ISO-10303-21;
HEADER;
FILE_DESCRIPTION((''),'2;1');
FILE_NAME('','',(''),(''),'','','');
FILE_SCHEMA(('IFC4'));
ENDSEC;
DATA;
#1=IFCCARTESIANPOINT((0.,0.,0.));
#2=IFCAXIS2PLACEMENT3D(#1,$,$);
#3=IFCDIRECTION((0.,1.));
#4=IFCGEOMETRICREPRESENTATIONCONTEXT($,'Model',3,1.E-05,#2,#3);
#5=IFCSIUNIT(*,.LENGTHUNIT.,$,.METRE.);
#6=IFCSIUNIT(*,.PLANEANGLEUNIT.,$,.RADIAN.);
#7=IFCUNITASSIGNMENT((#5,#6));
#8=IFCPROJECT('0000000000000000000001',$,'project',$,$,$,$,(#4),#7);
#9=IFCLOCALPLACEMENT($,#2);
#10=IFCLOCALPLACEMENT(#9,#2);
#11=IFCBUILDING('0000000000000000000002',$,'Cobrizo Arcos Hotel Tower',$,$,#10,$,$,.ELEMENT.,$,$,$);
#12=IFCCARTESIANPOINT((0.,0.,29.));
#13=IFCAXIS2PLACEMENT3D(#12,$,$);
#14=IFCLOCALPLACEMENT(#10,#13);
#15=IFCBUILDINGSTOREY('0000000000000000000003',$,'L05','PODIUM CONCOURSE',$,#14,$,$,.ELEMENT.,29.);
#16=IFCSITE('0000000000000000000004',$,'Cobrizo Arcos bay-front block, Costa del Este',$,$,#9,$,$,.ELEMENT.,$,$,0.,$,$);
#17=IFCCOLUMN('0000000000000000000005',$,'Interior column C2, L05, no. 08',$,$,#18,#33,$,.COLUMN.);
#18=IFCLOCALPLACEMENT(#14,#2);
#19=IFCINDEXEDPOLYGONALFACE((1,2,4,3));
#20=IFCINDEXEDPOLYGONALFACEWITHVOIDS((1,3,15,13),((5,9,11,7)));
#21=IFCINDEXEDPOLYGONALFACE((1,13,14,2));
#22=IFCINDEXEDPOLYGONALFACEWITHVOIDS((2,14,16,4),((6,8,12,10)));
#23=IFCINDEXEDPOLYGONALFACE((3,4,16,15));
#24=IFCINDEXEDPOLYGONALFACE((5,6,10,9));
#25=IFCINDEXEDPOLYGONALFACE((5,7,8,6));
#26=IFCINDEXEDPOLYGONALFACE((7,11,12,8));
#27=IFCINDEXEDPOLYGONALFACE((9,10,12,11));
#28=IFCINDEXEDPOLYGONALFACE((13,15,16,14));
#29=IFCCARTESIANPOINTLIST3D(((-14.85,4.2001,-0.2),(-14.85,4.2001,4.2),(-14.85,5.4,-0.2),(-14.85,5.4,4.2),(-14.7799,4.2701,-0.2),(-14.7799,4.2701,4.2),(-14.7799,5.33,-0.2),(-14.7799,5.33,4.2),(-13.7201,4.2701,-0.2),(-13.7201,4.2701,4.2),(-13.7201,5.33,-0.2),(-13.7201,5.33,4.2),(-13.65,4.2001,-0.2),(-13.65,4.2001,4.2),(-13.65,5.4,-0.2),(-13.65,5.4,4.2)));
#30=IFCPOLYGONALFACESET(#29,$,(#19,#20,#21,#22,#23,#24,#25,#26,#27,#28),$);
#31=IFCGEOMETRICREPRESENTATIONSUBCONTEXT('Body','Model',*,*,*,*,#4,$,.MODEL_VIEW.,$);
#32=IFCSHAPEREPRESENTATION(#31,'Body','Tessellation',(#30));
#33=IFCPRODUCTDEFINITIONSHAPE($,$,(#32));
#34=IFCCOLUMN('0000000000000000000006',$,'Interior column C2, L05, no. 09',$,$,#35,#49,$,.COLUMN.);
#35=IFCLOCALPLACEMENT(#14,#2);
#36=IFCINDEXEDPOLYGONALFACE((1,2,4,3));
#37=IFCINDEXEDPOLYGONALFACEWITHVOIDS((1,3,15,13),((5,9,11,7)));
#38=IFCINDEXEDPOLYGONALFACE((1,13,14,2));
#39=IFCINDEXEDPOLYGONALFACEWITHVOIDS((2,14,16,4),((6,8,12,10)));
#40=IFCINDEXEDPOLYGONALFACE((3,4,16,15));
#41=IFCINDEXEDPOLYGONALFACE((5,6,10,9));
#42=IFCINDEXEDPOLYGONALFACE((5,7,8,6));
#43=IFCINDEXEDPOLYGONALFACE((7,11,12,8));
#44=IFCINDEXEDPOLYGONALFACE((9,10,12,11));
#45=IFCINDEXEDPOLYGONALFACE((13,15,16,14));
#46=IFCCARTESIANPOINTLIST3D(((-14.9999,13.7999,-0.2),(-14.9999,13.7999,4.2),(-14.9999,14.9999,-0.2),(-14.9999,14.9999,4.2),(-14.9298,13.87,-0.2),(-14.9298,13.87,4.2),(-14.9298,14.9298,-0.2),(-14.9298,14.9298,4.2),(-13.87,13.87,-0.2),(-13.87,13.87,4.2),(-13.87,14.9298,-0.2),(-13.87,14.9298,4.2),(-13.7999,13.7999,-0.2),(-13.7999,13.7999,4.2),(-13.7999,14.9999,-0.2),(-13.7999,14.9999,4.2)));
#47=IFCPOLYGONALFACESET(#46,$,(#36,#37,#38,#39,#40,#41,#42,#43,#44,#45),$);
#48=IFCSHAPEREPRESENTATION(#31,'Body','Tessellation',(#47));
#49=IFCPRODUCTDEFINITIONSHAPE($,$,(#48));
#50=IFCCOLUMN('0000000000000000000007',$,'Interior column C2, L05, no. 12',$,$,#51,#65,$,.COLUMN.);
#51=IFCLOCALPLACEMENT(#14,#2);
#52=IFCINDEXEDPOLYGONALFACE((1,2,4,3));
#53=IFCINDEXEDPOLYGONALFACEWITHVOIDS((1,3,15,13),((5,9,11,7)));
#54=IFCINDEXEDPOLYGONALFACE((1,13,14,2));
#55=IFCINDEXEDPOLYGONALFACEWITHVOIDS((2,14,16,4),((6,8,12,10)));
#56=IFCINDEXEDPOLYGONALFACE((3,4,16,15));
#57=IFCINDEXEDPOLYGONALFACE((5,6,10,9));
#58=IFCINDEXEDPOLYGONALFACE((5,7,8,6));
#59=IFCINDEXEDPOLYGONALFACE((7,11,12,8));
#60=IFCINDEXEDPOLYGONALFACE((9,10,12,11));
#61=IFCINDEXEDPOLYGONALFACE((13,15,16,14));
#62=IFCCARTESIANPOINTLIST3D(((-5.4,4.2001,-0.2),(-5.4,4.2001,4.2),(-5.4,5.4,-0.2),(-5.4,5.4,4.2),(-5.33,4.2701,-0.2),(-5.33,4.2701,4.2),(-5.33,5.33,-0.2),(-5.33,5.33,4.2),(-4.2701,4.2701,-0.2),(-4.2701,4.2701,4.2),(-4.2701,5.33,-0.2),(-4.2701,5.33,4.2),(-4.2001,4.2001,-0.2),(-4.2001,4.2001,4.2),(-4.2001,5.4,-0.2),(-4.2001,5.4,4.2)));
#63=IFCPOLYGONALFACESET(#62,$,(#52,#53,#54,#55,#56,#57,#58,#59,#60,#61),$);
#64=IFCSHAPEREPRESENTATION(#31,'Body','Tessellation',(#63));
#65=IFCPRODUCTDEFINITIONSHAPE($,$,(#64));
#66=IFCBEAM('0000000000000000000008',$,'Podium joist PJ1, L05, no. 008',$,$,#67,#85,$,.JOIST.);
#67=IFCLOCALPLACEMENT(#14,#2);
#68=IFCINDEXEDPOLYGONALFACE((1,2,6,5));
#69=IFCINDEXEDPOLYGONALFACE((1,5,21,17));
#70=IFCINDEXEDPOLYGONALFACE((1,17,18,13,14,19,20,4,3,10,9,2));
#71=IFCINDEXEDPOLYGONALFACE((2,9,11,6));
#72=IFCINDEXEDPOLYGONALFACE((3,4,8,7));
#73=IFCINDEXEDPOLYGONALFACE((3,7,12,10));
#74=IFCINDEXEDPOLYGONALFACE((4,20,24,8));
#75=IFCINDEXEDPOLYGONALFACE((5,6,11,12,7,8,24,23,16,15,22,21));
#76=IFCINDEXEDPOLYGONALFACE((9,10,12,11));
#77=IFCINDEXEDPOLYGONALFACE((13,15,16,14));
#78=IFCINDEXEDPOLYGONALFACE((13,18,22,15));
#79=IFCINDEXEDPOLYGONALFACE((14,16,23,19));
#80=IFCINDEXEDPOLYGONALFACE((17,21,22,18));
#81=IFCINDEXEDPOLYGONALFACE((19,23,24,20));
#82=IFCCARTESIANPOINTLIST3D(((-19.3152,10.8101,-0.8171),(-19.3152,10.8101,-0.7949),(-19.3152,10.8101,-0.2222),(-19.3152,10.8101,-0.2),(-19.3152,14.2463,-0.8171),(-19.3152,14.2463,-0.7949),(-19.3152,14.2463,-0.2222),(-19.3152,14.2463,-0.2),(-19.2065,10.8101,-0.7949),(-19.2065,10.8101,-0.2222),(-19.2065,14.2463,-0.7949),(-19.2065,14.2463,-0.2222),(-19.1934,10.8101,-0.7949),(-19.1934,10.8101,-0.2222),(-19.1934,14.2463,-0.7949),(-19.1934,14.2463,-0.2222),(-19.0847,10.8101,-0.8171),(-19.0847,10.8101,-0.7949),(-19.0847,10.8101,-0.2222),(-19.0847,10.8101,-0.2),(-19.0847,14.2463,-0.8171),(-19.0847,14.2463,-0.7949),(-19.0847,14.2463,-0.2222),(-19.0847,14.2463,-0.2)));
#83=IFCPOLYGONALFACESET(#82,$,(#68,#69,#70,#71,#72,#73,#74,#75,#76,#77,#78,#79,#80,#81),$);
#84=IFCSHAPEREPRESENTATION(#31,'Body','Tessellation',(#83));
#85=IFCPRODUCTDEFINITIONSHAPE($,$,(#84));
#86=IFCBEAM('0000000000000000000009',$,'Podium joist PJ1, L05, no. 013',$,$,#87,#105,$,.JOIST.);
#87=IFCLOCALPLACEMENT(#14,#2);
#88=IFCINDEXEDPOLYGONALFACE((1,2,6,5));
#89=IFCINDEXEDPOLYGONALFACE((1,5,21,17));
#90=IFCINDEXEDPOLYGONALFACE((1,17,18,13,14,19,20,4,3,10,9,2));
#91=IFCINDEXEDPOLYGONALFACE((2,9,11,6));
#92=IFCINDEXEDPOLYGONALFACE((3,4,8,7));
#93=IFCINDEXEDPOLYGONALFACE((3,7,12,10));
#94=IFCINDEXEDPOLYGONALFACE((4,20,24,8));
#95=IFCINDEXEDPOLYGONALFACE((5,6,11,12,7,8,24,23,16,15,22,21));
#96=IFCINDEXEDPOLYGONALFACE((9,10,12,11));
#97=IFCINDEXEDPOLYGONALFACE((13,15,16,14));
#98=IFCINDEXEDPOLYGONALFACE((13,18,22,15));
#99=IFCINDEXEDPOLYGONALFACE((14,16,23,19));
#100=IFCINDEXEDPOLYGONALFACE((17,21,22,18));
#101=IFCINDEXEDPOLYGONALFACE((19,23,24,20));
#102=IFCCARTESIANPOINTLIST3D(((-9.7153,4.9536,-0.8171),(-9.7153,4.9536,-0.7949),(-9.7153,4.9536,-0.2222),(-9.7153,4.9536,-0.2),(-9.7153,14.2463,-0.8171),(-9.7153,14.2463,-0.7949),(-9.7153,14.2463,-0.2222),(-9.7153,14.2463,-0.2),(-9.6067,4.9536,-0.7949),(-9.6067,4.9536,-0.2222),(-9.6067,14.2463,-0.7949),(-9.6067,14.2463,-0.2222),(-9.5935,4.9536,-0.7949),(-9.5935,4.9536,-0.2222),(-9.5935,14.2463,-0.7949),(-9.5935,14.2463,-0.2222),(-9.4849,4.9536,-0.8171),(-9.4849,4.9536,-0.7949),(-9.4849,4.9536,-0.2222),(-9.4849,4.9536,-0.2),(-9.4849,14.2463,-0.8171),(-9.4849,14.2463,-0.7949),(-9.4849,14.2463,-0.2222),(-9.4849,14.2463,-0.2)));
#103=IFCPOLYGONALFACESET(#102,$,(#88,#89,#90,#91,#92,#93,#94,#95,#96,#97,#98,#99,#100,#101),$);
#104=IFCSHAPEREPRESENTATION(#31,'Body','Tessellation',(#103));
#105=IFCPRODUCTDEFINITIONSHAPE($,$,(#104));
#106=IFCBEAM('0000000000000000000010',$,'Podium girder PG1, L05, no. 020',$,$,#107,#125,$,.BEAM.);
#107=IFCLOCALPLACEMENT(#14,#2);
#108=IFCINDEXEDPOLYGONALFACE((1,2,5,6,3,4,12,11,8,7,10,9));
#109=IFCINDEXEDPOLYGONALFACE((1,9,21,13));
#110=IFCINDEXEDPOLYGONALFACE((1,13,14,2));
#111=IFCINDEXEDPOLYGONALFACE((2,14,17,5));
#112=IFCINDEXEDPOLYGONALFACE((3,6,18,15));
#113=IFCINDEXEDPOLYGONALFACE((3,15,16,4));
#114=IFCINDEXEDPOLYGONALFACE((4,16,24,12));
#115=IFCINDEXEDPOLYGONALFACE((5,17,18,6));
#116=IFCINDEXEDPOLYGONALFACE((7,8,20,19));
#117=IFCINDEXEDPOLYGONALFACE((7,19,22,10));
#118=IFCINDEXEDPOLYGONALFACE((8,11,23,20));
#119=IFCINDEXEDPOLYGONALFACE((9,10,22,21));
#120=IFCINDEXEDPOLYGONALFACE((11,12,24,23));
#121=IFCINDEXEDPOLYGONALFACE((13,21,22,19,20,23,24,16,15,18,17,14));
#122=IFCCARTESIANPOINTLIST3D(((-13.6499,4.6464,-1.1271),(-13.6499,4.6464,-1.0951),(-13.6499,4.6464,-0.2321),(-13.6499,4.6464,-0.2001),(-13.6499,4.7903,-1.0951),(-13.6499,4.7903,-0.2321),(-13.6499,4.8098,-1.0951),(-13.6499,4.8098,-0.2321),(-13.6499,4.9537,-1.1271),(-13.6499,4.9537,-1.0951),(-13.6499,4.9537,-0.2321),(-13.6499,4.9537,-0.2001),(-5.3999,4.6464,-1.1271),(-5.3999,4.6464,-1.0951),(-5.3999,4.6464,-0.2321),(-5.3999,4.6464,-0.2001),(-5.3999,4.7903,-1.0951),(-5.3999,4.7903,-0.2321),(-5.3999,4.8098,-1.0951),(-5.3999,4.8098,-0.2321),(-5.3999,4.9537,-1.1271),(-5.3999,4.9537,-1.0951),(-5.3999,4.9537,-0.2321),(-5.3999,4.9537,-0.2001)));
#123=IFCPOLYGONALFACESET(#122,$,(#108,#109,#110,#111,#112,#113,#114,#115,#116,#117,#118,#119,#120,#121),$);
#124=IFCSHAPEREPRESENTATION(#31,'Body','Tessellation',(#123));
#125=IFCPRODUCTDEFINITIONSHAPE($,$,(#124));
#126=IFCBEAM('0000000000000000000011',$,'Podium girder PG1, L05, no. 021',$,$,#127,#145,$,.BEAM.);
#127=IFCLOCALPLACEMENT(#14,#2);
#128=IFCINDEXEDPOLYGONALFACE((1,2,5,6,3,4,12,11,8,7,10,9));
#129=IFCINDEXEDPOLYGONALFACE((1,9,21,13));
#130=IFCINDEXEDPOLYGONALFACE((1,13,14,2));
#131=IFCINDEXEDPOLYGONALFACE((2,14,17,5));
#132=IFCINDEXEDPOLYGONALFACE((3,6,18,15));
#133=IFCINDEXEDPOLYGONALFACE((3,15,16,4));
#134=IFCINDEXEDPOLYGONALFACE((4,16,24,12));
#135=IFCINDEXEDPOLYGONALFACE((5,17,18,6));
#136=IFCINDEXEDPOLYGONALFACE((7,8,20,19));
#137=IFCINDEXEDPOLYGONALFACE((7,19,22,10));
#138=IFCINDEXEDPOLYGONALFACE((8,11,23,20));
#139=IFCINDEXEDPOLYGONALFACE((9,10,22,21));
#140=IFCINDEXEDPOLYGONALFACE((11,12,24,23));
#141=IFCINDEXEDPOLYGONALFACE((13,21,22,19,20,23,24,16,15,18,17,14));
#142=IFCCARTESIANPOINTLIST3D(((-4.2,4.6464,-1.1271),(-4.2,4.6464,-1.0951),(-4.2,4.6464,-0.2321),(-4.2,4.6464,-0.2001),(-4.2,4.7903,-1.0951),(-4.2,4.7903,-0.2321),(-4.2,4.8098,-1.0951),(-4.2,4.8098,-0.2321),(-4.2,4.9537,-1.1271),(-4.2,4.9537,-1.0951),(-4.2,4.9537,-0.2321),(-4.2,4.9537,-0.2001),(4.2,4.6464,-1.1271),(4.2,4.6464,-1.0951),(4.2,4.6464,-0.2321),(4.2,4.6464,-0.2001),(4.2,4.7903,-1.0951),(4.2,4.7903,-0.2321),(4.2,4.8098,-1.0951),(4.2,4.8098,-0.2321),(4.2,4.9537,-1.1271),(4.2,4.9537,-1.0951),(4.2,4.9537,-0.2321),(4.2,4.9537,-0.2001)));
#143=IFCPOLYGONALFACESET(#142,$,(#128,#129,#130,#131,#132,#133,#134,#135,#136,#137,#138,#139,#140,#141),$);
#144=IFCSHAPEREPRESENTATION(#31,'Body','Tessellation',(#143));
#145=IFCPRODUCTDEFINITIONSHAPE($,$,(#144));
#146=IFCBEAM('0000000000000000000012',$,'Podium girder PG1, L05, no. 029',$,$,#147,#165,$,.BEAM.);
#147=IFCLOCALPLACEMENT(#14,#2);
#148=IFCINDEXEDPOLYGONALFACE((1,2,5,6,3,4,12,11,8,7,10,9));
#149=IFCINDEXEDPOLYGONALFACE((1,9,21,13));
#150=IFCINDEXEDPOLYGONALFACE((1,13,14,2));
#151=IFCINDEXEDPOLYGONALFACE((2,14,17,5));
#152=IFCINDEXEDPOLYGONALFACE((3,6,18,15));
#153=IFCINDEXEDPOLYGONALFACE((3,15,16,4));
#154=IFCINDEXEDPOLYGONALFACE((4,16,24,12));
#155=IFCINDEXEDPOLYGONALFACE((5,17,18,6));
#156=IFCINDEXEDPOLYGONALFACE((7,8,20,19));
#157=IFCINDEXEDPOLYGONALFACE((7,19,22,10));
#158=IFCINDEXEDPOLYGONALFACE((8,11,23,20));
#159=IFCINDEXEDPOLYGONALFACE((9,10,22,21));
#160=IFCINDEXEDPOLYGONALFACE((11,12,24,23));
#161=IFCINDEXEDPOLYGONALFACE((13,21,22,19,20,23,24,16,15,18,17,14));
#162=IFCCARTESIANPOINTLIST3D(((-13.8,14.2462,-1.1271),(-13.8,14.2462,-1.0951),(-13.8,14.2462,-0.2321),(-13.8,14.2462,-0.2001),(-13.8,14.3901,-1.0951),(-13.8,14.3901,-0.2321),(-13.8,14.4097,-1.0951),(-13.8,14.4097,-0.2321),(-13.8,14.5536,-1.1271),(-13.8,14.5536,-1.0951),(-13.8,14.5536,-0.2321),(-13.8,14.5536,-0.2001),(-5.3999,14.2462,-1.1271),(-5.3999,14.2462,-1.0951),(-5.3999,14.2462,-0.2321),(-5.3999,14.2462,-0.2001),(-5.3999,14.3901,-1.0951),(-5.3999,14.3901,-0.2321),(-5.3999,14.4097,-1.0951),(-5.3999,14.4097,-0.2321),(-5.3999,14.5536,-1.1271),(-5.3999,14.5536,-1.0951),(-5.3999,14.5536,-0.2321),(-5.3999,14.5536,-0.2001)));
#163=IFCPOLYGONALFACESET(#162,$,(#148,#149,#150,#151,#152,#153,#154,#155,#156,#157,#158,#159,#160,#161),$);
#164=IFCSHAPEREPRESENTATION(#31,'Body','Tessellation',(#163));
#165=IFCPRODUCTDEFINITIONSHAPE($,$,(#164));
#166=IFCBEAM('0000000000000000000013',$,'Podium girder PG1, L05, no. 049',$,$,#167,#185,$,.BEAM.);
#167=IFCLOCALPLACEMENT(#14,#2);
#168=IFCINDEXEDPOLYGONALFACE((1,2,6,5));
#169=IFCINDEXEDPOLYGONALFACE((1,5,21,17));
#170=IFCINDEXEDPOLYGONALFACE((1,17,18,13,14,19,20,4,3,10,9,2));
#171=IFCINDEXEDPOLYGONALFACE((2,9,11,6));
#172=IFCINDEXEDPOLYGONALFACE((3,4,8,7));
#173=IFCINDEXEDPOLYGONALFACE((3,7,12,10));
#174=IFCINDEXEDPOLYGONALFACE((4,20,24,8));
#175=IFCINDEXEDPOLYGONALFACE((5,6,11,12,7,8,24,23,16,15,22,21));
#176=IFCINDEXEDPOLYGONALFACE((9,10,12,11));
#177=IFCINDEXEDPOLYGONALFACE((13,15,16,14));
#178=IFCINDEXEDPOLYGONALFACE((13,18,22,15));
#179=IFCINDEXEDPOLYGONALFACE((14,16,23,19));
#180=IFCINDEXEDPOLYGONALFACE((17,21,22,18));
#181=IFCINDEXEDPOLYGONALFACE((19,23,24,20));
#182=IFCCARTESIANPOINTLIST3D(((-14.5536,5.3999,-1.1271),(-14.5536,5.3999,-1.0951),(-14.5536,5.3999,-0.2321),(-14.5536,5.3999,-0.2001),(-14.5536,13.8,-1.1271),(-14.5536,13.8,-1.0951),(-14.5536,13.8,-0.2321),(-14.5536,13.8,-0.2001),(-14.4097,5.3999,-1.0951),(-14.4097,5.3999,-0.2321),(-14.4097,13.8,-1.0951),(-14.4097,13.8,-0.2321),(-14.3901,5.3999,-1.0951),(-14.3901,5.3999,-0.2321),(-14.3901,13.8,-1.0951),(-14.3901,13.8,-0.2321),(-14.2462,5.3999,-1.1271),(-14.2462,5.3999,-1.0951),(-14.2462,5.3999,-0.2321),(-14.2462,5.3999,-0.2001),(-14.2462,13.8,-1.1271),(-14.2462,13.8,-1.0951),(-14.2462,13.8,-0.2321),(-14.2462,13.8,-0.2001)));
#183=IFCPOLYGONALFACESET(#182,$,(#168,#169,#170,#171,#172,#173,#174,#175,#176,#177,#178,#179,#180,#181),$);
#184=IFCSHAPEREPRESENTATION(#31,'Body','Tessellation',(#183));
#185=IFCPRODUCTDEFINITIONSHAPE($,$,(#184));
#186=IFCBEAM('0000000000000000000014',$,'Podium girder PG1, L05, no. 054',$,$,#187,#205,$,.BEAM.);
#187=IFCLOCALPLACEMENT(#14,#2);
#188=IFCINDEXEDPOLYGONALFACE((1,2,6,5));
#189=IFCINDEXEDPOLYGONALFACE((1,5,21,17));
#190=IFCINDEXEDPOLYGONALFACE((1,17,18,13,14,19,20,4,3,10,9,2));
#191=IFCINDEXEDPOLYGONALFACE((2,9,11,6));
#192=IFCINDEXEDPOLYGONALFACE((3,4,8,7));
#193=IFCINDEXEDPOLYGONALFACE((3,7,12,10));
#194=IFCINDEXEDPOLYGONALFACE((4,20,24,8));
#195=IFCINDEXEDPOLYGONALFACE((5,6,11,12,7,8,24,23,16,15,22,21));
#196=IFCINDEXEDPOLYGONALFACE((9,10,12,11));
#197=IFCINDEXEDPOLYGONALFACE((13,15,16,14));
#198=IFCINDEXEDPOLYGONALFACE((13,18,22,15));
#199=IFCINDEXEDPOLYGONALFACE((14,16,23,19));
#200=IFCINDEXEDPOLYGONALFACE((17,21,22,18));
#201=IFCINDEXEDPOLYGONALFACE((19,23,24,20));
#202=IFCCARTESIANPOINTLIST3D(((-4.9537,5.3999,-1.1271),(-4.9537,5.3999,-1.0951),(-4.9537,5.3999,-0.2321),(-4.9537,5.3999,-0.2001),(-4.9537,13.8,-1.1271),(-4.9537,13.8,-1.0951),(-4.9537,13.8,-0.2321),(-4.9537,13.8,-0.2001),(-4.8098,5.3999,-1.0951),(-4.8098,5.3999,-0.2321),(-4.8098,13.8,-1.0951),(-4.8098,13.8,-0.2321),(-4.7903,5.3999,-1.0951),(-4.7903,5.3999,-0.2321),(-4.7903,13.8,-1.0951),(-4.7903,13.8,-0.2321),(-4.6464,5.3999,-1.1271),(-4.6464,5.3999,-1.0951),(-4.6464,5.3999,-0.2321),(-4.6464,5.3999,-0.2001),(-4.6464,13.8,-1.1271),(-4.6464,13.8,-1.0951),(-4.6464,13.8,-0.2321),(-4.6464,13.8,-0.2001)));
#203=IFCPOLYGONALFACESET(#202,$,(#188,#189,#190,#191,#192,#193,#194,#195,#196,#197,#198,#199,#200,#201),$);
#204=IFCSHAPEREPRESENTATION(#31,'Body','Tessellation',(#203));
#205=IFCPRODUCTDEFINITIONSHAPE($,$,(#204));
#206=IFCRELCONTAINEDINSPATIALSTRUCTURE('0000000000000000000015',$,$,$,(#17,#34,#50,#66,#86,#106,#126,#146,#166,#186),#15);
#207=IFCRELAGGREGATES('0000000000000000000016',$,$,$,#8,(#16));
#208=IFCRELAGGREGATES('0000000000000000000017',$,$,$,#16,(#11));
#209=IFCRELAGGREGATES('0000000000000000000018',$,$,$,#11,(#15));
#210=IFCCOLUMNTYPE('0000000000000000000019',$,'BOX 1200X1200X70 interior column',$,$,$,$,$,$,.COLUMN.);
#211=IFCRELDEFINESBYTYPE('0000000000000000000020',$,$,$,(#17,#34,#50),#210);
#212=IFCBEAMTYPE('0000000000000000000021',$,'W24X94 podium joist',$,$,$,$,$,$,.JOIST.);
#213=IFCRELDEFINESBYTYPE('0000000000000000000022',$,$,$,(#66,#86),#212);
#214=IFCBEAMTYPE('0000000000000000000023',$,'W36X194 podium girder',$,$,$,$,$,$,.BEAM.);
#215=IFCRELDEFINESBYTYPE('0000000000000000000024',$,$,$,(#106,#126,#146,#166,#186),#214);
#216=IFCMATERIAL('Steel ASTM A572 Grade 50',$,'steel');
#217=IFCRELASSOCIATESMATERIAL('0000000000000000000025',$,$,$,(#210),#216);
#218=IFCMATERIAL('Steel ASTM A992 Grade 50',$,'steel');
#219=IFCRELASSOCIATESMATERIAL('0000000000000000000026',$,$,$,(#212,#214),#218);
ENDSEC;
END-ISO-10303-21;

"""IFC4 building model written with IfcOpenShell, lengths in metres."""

from ifc_helpers import new_model, si_unit, direction, frame, origin, origin_2d, place, context, subcontext, project, spatial, hollow_rectangle, i_section, extrude, material, material_profile, profile_set, type_object, element, save


model = new_model("IFC4")

# Units and contexts
model_context = context("Model", 3, precision=1e-05, world=origin(), true_north=direction((0.0, 1.0)))
body_context = subcontext(model_context, "Body", "Model", "MODEL_VIEW")
ifc_project = project(units=[si_unit("LENGTHUNIT", "METRE"), si_unit("PLANEANGLEUNIT", "RADIAN")], contexts=[model_context])

# Site, building, storey
site_placement = place(None, origin())
site = spatial("IfcSite", under=ifc_project, at=site_placement, Name="Cobrizo Arcos bay-front block, Costa del Este", CompositionType="ELEMENT", RefElevation=0.0)
building_placement = place(site_placement, origin())
building = spatial("IfcBuilding", under=site, at=building_placement, Name="Cobrizo Arcos Hotel Tower", CompositionType="ELEMENT")
storey_placement = place(building_placement, frame((0.0, 0.0, 29.0)))
storey = spatial("IfcBuildingStorey", under=building, at=storey_placement, Name="L05", Description="PODIUM CONCOURSE", CompositionType="ELEMENT", Elevation=29.0)

# Columns
ifc_material_1 = material(Name="Steel ASTM A572 Grade 50", Category="steel")
ifc_material_profile_1 = material_profile(ifc_material_1, hollow_rectangle(XDim=1.2, YDim=1.2, WallThickness=0.0701, at=origin_2d()), Name="BOX 1200X1200X70")
ifc_profile_set_1 = profile_set([ifc_material_profile_1], Name="Steel ASTM A572 Grade 50")
column_type = type_object("IfcColumnType", Name="BOX 1200X1200X70 interior column", PredefinedType="COLUMN", material=ifc_profile_set_1)
for number, where, z_axis, x_axis, name in (
    (1, (-14.25, 4.8, -0.2), (0.0, 0.0, 1.0), (1.0, 0.0, 0.0), "Interior column C2, L05, no. 08"),
    (2, (-14.3999, 14.3999, -0.2), (0.0, 0.0, 1.0), (1.0, 0.0, 0.0), "Interior column C2, L05, no. 09"),
    (3, (-4.8, 4.8, -0.2), (0.0, 0.0, 1.0), (1.0, 0.0, 0.0), "Interior column C2, L05, no. 12"),
):
    element("IfcColumn", number, at=place(storey_placement, frame(where, z_axis=z_axis, x_axis=x_axis)), inside=storey, type_object=column_type, Name=name, PredefinedType="COLUMN", context=body_context, shape_type="SweptSolid", body=[
        extrude(hollow_rectangle(XDim=1.2, YDim=1.2, WallThickness=0.0701, at=origin_2d()), origin(), (0.0, 0.0, 1.0), 4.3999),
    ])

# Beams
ifc_material_2 = material(Name="Steel ASTM A992 Grade 50", Category="steel")
ifc_material_profile_2 = material_profile(ifc_material_2, i_section(OverallWidth=0.2305, OverallDepth=0.6172, WebThickness=0.0132, FlangeThickness=0.0222, at=origin_2d()), Name="W24X94")
ifc_profile_set_2 = profile_set([ifc_material_profile_2], Name="Steel ASTM A992 Grade 50")
beam_type_1 = type_object("IfcBeamType", Name="W24X94 podium joist", PredefinedType="JOIST", material=ifc_profile_set_2)
beam_1_placement = place(storey_placement, frame((-19.2, 10.8101, -0.5085), z_axis=(0.0, 1.0, 0.0), x_axis=(-1.0, 0.0, 0.0)))
element("IfcBeam", 4, at=beam_1_placement, inside=storey, type_object=beam_type_1, Name="Podium joist PJ1, L05, no. 008", PredefinedType="JOIST", context=body_context, shape_type="SweptSolid", body=[
    extrude(i_section(OverallWidth=0.2305, OverallDepth=0.6172, WebThickness=0.0132, FlangeThickness=0.0222, at=origin_2d()), origin(), (0.0, 0.0, 1.0), 3.4363),
])
beam_2_placement = place(storey_placement, frame((-9.6001, 4.9536, -0.5085), z_axis=(0.0, 1.0, 0.0), x_axis=(-1.0, 0.0, 0.0)))
element("IfcBeam", 5, at=beam_2_placement, inside=storey, type_object=beam_type_1, Name="Podium joist PJ1, L05, no. 013", PredefinedType="JOIST", context=body_context, shape_type="SweptSolid", body=[
    extrude(i_section(OverallWidth=0.2305, OverallDepth=0.6172, WebThickness=0.0132, FlangeThickness=0.0222, at=origin_2d()), origin(), (0.0, 0.0, 1.0), 9.2927),
])
ifc_material_profile_3 = material_profile(ifc_material_2, i_section(OverallWidth=0.3074, OverallDepth=0.927, WebThickness=0.0195, FlangeThickness=0.032, at=origin_2d()), Name="W36X194")
ifc_profile_set_3 = profile_set([ifc_material_profile_3], Name="Steel ASTM A992 Grade 50")
beam_type_2 = type_object("IfcBeamType", Name="W36X194 podium girder", PredefinedType="BEAM", material=ifc_profile_set_3)
beam_3_placement = place(storey_placement, frame((-13.6499, 4.8, -0.6636), z_axis=(1.0, 0.0, 0.0), x_axis=(0.0, 1.0, 0.0)))
element("IfcBeam", 6, at=beam_3_placement, inside=storey, type_object=beam_type_2, Name="Podium girder PG1, L05, no. 020", PredefinedType="BEAM", context=body_context, shape_type="SweptSolid", body=[
    extrude(i_section(OverallWidth=0.3074, OverallDepth=0.927, WebThickness=0.0195, FlangeThickness=0.032, at=origin_2d()), origin(), (0.0, 0.0, 1.0), 8.25),
])
beam_4_placement = place(storey_placement, frame((-4.2, 4.8, -0.6636), z_axis=(1.0, 0.0, 0.0), x_axis=(0.0, 1.0, 0.0)))
element("IfcBeam", 7, at=beam_4_placement, inside=storey, type_object=beam_type_2, Name="Podium girder PG1, L05, no. 021", PredefinedType="BEAM", context=body_context, shape_type="SweptSolid", body=[
    extrude(i_section(OverallWidth=0.3074, OverallDepth=0.927, WebThickness=0.0195, FlangeThickness=0.032, at=origin_2d()), origin(), (0.0, 0.0, 1.0), 8.3999),
])
for number, where, z_axis, x_axis, name in (
    (8, (-13.8, 14.3999, -0.6636), (1.0, 0.0, 0.0), (0.0, 1.0, 0.0), "Podium girder PG1, L05, no. 029"),
    (9, (-14.3999, 5.3999, -0.6636), (0.0, 1.0, 0.0), (-1.0, 0.0, 0.0), "Podium girder PG1, L05, no. 049"),
    (10, (-4.8, 5.3999, -0.6636), (0.0, 1.0, 0.0), (-1.0, 0.0, 0.0), "Podium girder PG1, L05, no. 054"),
):
    element("IfcBeam", number, at=place(storey_placement, frame(where, z_axis=z_axis, x_axis=x_axis)), inside=storey, type_object=beam_type_2, Name=name, PredefinedType="BEAM", context=body_context, shape_type="SweptSolid", body=[
        extrude(i_section(OverallWidth=0.3074, OverallDepth=0.927, WebThickness=0.0195, FlangeThickness=0.032, at=origin_2d()), origin(), (0.0, 0.0, 1.0), 8.4001),
    ])

save(model, "model.ifc")
